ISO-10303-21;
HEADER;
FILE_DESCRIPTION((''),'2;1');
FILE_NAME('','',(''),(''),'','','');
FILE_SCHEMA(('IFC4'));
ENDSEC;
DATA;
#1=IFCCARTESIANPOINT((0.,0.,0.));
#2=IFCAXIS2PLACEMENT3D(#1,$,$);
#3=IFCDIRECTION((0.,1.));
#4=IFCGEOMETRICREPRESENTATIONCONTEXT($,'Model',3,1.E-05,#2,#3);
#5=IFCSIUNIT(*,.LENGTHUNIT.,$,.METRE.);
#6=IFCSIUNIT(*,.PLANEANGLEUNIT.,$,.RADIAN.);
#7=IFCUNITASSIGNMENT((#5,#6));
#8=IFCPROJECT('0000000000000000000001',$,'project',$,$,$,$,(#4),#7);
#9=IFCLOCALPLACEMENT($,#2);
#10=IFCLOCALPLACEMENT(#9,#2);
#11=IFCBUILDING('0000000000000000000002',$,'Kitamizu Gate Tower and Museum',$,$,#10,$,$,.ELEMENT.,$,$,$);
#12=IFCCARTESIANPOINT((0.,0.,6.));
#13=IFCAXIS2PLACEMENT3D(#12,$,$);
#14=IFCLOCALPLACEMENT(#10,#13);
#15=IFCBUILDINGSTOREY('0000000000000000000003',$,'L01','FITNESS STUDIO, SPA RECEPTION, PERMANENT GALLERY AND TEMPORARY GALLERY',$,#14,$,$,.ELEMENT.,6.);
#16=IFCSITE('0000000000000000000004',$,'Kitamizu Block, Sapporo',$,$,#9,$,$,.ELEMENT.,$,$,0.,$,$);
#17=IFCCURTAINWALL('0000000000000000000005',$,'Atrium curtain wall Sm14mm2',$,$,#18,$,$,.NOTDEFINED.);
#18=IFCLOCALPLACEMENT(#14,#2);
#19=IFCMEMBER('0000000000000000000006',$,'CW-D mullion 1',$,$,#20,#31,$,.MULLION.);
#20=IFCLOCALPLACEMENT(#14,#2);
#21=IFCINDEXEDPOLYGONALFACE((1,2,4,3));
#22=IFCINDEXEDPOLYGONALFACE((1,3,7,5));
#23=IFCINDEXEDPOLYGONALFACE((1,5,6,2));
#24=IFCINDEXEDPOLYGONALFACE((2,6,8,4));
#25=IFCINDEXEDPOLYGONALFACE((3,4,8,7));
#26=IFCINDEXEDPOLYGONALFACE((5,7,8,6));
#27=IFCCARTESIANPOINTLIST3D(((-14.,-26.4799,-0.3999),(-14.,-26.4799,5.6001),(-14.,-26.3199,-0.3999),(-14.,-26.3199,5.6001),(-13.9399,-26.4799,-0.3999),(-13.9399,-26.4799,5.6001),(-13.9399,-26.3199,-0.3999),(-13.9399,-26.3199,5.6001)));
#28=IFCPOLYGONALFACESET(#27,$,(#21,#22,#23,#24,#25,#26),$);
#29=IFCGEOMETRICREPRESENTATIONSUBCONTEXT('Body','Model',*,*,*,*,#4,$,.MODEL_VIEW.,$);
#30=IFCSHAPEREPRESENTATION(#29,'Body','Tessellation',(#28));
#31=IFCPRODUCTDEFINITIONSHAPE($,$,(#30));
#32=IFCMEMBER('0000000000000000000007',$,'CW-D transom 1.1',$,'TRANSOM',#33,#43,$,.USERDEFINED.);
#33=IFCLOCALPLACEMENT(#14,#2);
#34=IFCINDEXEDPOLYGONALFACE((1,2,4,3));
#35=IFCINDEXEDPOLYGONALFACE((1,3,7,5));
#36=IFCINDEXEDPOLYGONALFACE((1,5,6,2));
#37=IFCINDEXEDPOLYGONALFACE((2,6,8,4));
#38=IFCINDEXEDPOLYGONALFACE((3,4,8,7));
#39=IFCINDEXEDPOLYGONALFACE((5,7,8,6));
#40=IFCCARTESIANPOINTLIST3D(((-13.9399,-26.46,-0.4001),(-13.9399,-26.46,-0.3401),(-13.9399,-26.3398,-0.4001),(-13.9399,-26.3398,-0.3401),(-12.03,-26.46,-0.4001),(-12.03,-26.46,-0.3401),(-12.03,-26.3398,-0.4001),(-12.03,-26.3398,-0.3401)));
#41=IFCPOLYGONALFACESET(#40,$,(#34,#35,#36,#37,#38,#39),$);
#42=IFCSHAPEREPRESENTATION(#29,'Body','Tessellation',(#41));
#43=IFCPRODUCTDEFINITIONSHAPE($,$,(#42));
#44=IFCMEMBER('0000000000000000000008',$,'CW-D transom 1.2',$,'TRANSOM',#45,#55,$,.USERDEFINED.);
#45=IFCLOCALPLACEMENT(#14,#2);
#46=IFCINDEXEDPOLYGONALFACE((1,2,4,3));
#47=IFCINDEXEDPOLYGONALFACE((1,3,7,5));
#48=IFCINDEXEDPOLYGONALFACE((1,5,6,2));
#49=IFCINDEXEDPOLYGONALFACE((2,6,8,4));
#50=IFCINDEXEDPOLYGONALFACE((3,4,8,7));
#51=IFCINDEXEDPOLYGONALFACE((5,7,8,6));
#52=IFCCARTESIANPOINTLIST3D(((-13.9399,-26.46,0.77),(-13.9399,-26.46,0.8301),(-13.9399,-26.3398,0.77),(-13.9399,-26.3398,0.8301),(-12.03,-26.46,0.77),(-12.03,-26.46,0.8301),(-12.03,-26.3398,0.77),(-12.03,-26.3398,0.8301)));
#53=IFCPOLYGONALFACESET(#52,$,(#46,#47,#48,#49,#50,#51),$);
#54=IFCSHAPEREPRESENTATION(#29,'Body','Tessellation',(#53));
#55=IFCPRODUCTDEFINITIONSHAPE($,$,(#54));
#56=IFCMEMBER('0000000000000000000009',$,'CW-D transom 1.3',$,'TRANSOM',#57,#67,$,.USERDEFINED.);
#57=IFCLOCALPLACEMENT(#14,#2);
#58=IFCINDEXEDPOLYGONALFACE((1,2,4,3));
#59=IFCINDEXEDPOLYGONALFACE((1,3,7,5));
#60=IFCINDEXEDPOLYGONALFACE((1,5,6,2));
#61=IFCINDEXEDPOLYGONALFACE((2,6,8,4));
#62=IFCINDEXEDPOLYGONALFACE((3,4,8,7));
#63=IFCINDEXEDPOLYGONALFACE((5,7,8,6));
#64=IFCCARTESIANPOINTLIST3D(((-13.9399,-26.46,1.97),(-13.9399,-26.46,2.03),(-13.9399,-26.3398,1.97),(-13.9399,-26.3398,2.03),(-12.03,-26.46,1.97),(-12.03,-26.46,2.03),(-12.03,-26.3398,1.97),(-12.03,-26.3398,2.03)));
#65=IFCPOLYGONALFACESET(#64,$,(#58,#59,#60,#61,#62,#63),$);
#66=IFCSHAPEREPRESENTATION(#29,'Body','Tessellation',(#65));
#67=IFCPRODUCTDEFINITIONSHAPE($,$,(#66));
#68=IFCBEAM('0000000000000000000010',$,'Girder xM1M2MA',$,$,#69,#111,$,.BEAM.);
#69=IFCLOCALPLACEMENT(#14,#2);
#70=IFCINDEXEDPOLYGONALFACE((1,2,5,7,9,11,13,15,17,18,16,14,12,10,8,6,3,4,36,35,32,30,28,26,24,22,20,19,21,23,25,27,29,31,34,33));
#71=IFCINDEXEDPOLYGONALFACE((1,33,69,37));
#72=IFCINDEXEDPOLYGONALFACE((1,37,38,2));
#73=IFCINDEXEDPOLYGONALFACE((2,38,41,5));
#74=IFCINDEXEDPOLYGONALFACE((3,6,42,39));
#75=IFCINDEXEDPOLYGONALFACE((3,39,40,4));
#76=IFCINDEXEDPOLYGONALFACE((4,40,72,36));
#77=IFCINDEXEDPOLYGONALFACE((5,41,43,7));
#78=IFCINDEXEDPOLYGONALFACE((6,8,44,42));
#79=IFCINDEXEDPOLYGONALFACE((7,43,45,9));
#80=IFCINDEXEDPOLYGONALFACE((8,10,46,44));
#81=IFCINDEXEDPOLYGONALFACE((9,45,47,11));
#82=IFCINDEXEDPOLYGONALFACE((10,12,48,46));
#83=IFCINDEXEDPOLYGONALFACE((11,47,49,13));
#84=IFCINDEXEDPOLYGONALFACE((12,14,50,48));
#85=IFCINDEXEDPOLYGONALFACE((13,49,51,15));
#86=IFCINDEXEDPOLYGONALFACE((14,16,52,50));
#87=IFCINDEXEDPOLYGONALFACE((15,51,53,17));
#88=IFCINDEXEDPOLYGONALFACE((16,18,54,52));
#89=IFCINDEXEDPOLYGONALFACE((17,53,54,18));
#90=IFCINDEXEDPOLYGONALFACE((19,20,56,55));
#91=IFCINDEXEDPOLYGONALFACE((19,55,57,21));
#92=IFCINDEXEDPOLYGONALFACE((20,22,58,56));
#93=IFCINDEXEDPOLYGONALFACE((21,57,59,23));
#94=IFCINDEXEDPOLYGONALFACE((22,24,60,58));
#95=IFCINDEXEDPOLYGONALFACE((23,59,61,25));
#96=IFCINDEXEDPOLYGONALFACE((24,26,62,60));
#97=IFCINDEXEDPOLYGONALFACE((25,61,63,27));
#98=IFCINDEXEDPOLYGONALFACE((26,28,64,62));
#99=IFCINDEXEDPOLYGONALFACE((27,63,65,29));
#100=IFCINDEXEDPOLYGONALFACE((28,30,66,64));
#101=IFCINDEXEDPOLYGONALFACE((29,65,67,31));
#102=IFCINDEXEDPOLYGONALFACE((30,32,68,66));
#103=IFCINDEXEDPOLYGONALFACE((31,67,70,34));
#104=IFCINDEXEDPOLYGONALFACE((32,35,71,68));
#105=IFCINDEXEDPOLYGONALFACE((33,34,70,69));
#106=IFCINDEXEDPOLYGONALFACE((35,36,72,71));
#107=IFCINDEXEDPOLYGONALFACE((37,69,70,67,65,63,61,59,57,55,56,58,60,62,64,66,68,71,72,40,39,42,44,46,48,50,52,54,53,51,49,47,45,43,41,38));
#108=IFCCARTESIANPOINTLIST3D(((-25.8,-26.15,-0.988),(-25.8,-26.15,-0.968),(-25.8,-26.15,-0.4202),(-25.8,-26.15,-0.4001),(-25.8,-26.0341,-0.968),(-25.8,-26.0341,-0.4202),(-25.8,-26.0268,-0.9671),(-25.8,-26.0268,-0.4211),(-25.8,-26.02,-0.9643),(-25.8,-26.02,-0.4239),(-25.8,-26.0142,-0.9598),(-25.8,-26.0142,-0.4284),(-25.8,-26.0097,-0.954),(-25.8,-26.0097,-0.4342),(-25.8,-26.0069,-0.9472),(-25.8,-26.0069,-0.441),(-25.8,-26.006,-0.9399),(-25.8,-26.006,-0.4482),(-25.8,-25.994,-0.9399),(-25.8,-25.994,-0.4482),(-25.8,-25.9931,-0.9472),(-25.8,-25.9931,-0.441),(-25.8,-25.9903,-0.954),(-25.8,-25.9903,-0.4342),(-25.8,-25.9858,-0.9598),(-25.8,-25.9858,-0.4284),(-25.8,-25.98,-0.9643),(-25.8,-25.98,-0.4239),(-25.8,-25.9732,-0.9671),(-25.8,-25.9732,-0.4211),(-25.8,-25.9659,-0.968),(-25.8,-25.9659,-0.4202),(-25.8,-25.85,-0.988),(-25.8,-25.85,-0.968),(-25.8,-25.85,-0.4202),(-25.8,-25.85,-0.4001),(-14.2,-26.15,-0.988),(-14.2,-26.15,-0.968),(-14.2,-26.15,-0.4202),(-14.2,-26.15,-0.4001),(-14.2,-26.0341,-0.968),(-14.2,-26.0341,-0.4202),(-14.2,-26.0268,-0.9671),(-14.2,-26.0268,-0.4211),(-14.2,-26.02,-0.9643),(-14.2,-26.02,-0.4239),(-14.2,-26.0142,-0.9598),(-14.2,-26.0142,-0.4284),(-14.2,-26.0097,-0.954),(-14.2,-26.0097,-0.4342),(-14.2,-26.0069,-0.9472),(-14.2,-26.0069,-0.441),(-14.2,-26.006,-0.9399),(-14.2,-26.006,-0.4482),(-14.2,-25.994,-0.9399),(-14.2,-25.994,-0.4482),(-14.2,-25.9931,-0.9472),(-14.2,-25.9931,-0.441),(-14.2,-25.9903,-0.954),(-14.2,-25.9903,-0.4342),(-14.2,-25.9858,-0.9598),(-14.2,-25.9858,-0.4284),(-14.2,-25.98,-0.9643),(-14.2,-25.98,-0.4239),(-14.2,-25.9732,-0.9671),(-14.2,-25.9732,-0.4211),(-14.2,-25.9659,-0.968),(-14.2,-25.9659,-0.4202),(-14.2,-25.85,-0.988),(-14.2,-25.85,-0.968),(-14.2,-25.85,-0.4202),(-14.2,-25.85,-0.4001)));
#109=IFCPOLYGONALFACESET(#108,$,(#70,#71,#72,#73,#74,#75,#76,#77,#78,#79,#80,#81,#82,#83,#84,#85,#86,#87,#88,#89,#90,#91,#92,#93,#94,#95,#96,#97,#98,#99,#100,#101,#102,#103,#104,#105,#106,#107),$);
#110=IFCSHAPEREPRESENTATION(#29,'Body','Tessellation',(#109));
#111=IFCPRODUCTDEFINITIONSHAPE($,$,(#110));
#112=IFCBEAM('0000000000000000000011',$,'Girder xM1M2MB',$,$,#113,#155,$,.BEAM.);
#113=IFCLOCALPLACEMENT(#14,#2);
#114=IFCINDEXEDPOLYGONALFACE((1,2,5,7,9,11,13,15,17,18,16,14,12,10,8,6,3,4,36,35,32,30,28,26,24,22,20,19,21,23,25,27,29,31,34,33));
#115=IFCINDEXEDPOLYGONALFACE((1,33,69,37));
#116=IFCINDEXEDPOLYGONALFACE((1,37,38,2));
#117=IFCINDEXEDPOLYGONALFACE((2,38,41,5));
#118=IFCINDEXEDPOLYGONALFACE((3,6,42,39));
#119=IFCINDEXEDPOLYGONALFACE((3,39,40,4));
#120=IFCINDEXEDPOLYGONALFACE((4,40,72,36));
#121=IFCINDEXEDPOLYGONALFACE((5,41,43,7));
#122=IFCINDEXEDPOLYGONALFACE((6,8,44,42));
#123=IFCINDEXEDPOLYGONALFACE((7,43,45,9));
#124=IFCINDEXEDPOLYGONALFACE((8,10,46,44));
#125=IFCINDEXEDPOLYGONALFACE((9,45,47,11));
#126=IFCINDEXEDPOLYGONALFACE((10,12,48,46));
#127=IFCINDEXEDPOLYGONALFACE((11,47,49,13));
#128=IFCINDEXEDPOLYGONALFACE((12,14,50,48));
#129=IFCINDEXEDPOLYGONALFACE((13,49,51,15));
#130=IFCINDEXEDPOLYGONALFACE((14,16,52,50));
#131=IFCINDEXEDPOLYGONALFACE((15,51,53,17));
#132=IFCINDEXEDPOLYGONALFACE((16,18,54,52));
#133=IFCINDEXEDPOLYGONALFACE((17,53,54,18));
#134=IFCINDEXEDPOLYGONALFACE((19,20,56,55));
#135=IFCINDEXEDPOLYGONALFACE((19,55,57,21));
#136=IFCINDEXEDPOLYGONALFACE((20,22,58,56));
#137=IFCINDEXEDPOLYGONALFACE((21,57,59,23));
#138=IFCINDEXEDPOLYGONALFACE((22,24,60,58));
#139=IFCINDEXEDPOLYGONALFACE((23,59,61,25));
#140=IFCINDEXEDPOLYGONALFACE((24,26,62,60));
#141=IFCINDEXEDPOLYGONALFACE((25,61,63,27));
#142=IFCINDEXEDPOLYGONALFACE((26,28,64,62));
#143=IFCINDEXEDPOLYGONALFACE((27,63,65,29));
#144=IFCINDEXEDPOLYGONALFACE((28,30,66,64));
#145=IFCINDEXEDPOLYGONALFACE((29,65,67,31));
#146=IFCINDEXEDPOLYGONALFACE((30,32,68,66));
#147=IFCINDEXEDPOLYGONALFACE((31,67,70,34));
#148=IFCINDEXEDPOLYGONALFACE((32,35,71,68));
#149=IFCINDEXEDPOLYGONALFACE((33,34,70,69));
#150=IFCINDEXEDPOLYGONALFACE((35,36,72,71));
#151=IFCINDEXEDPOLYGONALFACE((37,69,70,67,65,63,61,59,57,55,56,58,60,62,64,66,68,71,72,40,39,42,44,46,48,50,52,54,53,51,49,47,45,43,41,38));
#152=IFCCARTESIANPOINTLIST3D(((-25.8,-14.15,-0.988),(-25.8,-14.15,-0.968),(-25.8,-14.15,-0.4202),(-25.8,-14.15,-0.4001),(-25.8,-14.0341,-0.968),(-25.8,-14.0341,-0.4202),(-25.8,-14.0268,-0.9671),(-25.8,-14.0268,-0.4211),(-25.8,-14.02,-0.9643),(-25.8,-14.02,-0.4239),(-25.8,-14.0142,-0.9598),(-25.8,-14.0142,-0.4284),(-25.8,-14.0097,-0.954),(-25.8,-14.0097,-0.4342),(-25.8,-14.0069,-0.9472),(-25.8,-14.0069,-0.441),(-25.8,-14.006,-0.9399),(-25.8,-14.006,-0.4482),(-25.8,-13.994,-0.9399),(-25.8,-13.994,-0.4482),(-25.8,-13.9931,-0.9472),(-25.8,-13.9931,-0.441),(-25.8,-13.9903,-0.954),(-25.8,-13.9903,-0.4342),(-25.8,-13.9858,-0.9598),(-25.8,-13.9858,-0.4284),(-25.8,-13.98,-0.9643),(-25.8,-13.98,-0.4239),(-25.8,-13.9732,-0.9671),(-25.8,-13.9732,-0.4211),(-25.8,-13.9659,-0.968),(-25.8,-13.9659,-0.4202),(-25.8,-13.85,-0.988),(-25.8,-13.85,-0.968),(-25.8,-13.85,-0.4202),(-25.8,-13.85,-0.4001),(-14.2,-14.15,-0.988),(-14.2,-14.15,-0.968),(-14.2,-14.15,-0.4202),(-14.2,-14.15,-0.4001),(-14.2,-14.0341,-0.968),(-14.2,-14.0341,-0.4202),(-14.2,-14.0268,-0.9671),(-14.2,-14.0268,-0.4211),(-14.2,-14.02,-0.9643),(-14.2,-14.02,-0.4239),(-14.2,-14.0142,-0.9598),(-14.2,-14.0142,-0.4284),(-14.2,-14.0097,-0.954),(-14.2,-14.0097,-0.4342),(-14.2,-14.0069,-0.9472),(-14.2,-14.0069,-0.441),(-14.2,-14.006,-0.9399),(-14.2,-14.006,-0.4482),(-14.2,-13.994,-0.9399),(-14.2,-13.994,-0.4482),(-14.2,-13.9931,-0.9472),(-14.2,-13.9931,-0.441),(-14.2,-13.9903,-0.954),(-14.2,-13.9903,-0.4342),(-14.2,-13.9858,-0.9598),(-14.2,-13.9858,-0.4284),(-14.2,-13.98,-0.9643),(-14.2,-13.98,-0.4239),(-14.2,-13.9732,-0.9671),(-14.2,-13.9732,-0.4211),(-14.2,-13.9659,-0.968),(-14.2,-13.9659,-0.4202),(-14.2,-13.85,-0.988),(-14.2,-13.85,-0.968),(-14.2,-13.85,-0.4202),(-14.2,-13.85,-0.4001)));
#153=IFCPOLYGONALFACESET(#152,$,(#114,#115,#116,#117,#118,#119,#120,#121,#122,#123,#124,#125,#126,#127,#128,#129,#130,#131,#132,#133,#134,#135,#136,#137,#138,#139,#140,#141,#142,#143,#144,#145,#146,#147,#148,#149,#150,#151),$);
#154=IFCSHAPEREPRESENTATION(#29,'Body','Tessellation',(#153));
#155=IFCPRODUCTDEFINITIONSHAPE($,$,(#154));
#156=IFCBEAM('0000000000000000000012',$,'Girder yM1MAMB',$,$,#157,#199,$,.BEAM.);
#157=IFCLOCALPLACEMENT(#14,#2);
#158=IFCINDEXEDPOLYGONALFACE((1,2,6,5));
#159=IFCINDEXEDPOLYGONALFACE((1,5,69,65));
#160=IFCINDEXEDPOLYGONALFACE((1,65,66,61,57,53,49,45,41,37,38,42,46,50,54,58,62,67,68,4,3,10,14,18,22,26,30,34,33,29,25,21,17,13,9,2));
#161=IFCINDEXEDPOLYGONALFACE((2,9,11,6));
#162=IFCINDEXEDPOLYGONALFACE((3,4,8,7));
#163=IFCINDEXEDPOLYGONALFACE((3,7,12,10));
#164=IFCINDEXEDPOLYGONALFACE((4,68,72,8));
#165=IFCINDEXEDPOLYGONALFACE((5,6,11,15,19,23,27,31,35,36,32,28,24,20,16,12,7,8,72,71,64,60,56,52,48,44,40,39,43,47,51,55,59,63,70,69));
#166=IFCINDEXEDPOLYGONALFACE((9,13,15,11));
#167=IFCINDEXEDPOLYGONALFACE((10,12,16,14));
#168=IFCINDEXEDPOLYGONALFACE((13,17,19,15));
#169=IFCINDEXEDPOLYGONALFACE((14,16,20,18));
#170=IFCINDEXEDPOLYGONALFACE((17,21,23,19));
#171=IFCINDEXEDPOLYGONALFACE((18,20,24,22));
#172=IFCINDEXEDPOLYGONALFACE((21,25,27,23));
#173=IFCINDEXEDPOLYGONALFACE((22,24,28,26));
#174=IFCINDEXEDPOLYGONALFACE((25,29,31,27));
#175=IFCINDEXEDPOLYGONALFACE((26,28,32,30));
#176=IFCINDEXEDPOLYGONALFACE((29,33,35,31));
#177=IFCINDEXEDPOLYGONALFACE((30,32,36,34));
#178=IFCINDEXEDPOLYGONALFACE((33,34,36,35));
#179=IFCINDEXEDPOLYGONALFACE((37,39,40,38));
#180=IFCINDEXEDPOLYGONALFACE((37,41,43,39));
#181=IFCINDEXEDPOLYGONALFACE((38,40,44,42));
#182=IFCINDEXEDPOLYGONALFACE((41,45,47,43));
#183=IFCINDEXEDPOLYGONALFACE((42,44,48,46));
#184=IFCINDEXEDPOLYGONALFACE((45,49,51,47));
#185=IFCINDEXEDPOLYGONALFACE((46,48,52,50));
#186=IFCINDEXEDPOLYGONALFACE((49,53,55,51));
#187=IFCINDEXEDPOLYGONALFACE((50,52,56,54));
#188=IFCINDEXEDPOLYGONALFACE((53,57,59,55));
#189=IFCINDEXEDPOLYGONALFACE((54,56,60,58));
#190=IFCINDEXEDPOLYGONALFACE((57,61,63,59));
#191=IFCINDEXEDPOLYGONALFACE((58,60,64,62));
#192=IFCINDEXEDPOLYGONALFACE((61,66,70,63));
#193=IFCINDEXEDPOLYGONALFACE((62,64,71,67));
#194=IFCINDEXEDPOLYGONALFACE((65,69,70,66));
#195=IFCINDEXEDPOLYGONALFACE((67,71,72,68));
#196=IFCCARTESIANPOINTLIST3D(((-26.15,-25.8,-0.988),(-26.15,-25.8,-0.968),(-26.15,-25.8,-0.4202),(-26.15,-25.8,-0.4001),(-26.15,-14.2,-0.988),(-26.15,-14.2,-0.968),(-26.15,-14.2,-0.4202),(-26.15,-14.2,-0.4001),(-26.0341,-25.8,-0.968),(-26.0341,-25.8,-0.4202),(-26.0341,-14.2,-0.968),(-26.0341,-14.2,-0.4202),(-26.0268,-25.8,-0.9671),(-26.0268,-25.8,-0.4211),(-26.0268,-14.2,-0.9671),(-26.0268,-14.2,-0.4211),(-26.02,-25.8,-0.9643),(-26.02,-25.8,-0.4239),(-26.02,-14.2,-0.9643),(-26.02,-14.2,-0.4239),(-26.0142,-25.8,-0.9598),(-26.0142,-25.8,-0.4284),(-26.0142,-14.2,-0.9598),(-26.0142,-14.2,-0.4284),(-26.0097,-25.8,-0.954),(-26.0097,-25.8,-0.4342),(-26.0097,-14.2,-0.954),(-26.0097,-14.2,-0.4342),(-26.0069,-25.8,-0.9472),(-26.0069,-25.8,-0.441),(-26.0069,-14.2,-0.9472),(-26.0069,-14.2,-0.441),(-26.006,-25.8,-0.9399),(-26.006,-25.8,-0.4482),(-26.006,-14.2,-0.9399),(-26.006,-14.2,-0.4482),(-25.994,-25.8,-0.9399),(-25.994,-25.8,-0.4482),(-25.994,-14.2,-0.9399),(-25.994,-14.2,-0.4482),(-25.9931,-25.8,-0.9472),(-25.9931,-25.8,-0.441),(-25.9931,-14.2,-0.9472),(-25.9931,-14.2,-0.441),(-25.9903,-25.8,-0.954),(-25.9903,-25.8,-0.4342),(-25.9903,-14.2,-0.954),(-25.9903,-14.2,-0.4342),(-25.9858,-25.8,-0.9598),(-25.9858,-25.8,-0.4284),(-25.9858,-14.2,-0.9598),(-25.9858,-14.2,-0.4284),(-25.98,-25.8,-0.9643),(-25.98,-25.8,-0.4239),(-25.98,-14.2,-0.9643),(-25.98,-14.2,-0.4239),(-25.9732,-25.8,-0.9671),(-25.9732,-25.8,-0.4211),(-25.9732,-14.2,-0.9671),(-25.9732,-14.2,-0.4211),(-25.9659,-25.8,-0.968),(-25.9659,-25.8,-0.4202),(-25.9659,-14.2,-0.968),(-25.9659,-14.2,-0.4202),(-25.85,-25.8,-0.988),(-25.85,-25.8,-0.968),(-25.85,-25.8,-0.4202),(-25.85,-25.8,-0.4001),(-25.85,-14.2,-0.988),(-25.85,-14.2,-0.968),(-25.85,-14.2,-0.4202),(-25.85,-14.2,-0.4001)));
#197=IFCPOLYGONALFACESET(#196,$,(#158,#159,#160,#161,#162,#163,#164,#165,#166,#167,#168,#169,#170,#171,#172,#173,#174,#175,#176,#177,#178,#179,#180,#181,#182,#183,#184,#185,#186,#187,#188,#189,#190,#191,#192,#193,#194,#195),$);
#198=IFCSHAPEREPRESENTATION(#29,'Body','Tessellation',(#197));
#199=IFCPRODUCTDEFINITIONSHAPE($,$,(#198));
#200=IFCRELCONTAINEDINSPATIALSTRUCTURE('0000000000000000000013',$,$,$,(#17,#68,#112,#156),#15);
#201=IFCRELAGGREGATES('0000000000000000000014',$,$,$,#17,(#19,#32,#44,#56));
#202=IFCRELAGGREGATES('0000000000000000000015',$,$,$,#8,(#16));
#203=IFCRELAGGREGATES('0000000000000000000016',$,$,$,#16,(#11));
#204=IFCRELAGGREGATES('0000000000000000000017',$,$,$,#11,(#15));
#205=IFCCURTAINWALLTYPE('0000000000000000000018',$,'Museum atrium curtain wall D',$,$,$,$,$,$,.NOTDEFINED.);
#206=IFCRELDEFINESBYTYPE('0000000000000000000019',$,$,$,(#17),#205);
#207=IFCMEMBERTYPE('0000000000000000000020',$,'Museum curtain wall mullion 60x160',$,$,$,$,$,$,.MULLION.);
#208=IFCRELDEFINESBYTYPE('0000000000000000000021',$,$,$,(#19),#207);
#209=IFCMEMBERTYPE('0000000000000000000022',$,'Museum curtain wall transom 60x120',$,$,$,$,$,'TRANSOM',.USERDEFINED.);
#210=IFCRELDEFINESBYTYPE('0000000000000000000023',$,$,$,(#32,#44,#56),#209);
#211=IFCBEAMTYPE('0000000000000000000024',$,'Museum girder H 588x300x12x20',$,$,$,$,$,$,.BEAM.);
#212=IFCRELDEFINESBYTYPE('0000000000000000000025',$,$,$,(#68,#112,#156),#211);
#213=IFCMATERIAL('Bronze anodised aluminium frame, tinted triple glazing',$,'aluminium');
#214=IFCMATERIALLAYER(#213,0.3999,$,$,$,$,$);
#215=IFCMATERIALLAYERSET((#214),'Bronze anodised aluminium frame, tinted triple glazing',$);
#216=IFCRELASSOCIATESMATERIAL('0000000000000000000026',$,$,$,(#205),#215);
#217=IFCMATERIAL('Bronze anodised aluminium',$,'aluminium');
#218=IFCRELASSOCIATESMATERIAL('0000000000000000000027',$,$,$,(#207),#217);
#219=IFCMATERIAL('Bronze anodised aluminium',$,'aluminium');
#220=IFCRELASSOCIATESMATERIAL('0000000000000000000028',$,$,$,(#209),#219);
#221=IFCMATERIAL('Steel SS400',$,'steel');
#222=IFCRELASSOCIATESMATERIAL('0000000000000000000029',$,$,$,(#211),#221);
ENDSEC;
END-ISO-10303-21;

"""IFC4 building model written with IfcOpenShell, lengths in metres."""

from ifc_helpers import new_model, si_unit, direction, frame, origin, origin_2d, place, context, subcontext, project, spatial, rectangle, i_section, extrude, material, layer, layer_set, material_profile, profile_set, type_object, element, aggregate, save


model = new_model("IFC4")

# Units and contexts
model_context = context("Model", 3, precision=1e-05, world=origin(), true_north=direction((0.0, 1.0)))
body_context = subcontext(model_context, "Body", "Model", "MODEL_VIEW")
ifc_project = project(units=[si_unit("LENGTHUNIT", "METRE"), si_unit("PLANEANGLEUNIT", "RADIAN")], contexts=[model_context])

# Site, building, storey
site_placement = place(None, origin())
site = spatial("IfcSite", under=ifc_project, at=site_placement, Name="Kitamizu Block, Sapporo", CompositionType="ELEMENT", RefElevation=0.0)
building_placement = place(site_placement, origin())
building = spatial("IfcBuilding", under=site, at=building_placement, Name="Kitamizu Gate Tower and Museum", CompositionType="ELEMENT")
storey_placement = place(building_placement, frame((0.0, 0.0, 6.0)))
storey = spatial("IfcBuildingStorey", under=building, at=storey_placement, Name="L01", Description="FITNESS STUDIO, SPA RECEPTION, PERMANENT GALLERY AND TEMPORARY GALLERY", CompositionType="ELEMENT", Elevation=6.0)

# Curtain wall, members
ifc_material_1 = material(Name="Bronze anodised aluminium frame, tinted triple glazing", Category="aluminium")
ifc_layer_1 = layer(ifc_material_1, 0.3999)
ifc_layer_set_1 = layer_set([ifc_layer_1], Name="Bronze anodised aluminium frame, tinted triple glazing")
curtain_wall_type = type_object("IfcCurtainWallType", Name="Museum atrium curtain wall D", PredefinedType="NOTDEFINED", material=ifc_layer_set_1)
curtain_wall_placement = place(storey_placement, origin())
curtain_wall = element("IfcCurtainWall", 1, at=curtain_wall_placement, inside=storey, type_object=curtain_wall_type, Name="Atrium curtain wall Sm14mm2", PredefinedType="NOTDEFINED")
ifc_material_2 = material(Name="Bronze anodised aluminium", Category="aluminium")
ifc_material_profile_1 = material_profile(ifc_material_2, rectangle(XDim=0.0601, YDim=0.1599, at=origin_2d()), Name="60x160")
ifc_profile_set_1 = profile_set([ifc_material_profile_1], Name="Bronze anodised aluminium")
member_type_1 = type_object("IfcMemberType", Name="Museum curtain wall mullion 60x160", PredefinedType="MULLION", material=ifc_profile_set_1)
member_1_placement = place(storey_placement, frame((-13.97, -26.3999, -0.3999), z_axis=(0.0, 0.0, 1.0), x_axis=(1.0, 0.0, 0.0)))
member_1 = element("IfcMember", 2, at=member_1_placement, type_object=member_type_1, Name="CW-D mullion 1", PredefinedType="MULLION", context=body_context, shape_type="SweptSolid", body=[
    extrude(rectangle(XDim=0.0601, YDim=0.1599, at=origin_2d()), origin(), (0.0, 0.0, 1.0), 6.0),
])
ifc_material_3 = material(Name="Bronze anodised aluminium", Category="aluminium")
ifc_material_profile_2 = material_profile(ifc_material_3, rectangle(XDim=0.1201, YDim=0.0601, at=origin_2d()), Name="120x60")
ifc_profile_set_2 = profile_set([ifc_material_profile_2], Name="Bronze anodised aluminium")
member_type_2 = type_object("IfcMemberType", Name="Museum curtain wall transom 60x120", ElementType="TRANSOM", PredefinedType="USERDEFINED", material=ifc_profile_set_2)
member_2_placement = place(storey_placement, frame((-13.9399, -26.3999, -0.3701), z_axis=(1.0, 0.0, 0.0), x_axis=(0.0, 1.0, 0.0)))
member_2 = element("IfcMember", 3, at=member_2_placement, type_object=member_type_2, Name="CW-D transom 1.1", ObjectType="TRANSOM", PredefinedType="USERDEFINED", context=body_context, shape_type="SweptSolid", body=[
    extrude(rectangle(XDim=0.1201, YDim=0.0601, at=origin_2d()), origin(), (0.0, 0.0, 1.0), 1.9099),
])
member_3_placement = place(storey_placement, frame((-13.9399, -26.3999, 0.8), z_axis=(1.0, 0.0, 0.0), x_axis=(0.0, 1.0, 0.0)))
member_3 = element("IfcMember", 4, at=member_3_placement, type_object=member_type_2, Name="CW-D transom 1.2", ObjectType="TRANSOM", PredefinedType="USERDEFINED", context=body_context, shape_type="SweptSolid", body=[
    extrude(rectangle(XDim=0.1201, YDim=0.0601, at=origin_2d()), origin(), (0.0, 0.0, 1.0), 1.9099),
])
member_4_placement = place(storey_placement, frame((-13.9399, -26.3999, 2.0), z_axis=(1.0, 0.0, 0.0), x_axis=(0.0, 1.0, 0.0)))
member_4 = element("IfcMember", 5, at=member_4_placement, type_object=member_type_2, Name="CW-D transom 1.3", ObjectType="TRANSOM", PredefinedType="USERDEFINED", context=body_context, shape_type="SweptSolid", body=[
    extrude(rectangle(XDim=0.1201, YDim=0.0601, at=origin_2d()), origin(), (0.0, 0.0, 1.0), 1.9099),
])
aggregate(curtain_wall, [member_1, member_2, member_3, member_4])

# Beams
ifc_material_4 = material(Name="Steel SS400", Category="steel")
ifc_material_profile_3 = material_profile(ifc_material_4, i_section(OverallWidth=0.3, OverallDepth=0.5879, WebThickness=0.012, FlangeThickness=0.02, FilletRadius=0.0281, at=origin_2d()), Name="H-588x300x12x20")
ifc_profile_set_3 = profile_set([ifc_material_profile_3], Name="Steel SS400")
beam_type_1 = type_object("IfcBeamType", Name="Museum girder H 588x300x12x20", PredefinedType="BEAM", material=ifc_profile_set_3)
for number, where, z_axis, x_axis, name in (
    (6, (-25.8, -26.0, -0.6941), (1.0, 0.0, 0.0), (0.0, 1.0, 0.0), "Girder xM1M2MA"),
    (7, (-25.8, -14.0, -0.6941), (1.0, 0.0, 0.0), (0.0, 1.0, 0.0), "Girder xM1M2MB"),
    (8, (-26.0, -25.8, -0.6941), (0.0, 1.0, 0.0), (-1.0, 0.0, 0.0), "Girder yM1MAMB"),
):
    element("IfcBeam", number, at=place(storey_placement, frame(where, z_axis=z_axis, x_axis=x_axis)), inside=storey, type_object=beam_type_1, Name=name, PredefinedType="BEAM", context=body_context, shape_type="SweptSolid", body=[
        extrude(i_section(OverallWidth=0.3, OverallDepth=0.5879, WebThickness=0.012, FlangeThickness=0.02, FilletRadius=0.0281, at=origin_2d()), origin(), (0.0, 0.0, 1.0), 11.6001),
    ])

save(model, "model.ifc")
